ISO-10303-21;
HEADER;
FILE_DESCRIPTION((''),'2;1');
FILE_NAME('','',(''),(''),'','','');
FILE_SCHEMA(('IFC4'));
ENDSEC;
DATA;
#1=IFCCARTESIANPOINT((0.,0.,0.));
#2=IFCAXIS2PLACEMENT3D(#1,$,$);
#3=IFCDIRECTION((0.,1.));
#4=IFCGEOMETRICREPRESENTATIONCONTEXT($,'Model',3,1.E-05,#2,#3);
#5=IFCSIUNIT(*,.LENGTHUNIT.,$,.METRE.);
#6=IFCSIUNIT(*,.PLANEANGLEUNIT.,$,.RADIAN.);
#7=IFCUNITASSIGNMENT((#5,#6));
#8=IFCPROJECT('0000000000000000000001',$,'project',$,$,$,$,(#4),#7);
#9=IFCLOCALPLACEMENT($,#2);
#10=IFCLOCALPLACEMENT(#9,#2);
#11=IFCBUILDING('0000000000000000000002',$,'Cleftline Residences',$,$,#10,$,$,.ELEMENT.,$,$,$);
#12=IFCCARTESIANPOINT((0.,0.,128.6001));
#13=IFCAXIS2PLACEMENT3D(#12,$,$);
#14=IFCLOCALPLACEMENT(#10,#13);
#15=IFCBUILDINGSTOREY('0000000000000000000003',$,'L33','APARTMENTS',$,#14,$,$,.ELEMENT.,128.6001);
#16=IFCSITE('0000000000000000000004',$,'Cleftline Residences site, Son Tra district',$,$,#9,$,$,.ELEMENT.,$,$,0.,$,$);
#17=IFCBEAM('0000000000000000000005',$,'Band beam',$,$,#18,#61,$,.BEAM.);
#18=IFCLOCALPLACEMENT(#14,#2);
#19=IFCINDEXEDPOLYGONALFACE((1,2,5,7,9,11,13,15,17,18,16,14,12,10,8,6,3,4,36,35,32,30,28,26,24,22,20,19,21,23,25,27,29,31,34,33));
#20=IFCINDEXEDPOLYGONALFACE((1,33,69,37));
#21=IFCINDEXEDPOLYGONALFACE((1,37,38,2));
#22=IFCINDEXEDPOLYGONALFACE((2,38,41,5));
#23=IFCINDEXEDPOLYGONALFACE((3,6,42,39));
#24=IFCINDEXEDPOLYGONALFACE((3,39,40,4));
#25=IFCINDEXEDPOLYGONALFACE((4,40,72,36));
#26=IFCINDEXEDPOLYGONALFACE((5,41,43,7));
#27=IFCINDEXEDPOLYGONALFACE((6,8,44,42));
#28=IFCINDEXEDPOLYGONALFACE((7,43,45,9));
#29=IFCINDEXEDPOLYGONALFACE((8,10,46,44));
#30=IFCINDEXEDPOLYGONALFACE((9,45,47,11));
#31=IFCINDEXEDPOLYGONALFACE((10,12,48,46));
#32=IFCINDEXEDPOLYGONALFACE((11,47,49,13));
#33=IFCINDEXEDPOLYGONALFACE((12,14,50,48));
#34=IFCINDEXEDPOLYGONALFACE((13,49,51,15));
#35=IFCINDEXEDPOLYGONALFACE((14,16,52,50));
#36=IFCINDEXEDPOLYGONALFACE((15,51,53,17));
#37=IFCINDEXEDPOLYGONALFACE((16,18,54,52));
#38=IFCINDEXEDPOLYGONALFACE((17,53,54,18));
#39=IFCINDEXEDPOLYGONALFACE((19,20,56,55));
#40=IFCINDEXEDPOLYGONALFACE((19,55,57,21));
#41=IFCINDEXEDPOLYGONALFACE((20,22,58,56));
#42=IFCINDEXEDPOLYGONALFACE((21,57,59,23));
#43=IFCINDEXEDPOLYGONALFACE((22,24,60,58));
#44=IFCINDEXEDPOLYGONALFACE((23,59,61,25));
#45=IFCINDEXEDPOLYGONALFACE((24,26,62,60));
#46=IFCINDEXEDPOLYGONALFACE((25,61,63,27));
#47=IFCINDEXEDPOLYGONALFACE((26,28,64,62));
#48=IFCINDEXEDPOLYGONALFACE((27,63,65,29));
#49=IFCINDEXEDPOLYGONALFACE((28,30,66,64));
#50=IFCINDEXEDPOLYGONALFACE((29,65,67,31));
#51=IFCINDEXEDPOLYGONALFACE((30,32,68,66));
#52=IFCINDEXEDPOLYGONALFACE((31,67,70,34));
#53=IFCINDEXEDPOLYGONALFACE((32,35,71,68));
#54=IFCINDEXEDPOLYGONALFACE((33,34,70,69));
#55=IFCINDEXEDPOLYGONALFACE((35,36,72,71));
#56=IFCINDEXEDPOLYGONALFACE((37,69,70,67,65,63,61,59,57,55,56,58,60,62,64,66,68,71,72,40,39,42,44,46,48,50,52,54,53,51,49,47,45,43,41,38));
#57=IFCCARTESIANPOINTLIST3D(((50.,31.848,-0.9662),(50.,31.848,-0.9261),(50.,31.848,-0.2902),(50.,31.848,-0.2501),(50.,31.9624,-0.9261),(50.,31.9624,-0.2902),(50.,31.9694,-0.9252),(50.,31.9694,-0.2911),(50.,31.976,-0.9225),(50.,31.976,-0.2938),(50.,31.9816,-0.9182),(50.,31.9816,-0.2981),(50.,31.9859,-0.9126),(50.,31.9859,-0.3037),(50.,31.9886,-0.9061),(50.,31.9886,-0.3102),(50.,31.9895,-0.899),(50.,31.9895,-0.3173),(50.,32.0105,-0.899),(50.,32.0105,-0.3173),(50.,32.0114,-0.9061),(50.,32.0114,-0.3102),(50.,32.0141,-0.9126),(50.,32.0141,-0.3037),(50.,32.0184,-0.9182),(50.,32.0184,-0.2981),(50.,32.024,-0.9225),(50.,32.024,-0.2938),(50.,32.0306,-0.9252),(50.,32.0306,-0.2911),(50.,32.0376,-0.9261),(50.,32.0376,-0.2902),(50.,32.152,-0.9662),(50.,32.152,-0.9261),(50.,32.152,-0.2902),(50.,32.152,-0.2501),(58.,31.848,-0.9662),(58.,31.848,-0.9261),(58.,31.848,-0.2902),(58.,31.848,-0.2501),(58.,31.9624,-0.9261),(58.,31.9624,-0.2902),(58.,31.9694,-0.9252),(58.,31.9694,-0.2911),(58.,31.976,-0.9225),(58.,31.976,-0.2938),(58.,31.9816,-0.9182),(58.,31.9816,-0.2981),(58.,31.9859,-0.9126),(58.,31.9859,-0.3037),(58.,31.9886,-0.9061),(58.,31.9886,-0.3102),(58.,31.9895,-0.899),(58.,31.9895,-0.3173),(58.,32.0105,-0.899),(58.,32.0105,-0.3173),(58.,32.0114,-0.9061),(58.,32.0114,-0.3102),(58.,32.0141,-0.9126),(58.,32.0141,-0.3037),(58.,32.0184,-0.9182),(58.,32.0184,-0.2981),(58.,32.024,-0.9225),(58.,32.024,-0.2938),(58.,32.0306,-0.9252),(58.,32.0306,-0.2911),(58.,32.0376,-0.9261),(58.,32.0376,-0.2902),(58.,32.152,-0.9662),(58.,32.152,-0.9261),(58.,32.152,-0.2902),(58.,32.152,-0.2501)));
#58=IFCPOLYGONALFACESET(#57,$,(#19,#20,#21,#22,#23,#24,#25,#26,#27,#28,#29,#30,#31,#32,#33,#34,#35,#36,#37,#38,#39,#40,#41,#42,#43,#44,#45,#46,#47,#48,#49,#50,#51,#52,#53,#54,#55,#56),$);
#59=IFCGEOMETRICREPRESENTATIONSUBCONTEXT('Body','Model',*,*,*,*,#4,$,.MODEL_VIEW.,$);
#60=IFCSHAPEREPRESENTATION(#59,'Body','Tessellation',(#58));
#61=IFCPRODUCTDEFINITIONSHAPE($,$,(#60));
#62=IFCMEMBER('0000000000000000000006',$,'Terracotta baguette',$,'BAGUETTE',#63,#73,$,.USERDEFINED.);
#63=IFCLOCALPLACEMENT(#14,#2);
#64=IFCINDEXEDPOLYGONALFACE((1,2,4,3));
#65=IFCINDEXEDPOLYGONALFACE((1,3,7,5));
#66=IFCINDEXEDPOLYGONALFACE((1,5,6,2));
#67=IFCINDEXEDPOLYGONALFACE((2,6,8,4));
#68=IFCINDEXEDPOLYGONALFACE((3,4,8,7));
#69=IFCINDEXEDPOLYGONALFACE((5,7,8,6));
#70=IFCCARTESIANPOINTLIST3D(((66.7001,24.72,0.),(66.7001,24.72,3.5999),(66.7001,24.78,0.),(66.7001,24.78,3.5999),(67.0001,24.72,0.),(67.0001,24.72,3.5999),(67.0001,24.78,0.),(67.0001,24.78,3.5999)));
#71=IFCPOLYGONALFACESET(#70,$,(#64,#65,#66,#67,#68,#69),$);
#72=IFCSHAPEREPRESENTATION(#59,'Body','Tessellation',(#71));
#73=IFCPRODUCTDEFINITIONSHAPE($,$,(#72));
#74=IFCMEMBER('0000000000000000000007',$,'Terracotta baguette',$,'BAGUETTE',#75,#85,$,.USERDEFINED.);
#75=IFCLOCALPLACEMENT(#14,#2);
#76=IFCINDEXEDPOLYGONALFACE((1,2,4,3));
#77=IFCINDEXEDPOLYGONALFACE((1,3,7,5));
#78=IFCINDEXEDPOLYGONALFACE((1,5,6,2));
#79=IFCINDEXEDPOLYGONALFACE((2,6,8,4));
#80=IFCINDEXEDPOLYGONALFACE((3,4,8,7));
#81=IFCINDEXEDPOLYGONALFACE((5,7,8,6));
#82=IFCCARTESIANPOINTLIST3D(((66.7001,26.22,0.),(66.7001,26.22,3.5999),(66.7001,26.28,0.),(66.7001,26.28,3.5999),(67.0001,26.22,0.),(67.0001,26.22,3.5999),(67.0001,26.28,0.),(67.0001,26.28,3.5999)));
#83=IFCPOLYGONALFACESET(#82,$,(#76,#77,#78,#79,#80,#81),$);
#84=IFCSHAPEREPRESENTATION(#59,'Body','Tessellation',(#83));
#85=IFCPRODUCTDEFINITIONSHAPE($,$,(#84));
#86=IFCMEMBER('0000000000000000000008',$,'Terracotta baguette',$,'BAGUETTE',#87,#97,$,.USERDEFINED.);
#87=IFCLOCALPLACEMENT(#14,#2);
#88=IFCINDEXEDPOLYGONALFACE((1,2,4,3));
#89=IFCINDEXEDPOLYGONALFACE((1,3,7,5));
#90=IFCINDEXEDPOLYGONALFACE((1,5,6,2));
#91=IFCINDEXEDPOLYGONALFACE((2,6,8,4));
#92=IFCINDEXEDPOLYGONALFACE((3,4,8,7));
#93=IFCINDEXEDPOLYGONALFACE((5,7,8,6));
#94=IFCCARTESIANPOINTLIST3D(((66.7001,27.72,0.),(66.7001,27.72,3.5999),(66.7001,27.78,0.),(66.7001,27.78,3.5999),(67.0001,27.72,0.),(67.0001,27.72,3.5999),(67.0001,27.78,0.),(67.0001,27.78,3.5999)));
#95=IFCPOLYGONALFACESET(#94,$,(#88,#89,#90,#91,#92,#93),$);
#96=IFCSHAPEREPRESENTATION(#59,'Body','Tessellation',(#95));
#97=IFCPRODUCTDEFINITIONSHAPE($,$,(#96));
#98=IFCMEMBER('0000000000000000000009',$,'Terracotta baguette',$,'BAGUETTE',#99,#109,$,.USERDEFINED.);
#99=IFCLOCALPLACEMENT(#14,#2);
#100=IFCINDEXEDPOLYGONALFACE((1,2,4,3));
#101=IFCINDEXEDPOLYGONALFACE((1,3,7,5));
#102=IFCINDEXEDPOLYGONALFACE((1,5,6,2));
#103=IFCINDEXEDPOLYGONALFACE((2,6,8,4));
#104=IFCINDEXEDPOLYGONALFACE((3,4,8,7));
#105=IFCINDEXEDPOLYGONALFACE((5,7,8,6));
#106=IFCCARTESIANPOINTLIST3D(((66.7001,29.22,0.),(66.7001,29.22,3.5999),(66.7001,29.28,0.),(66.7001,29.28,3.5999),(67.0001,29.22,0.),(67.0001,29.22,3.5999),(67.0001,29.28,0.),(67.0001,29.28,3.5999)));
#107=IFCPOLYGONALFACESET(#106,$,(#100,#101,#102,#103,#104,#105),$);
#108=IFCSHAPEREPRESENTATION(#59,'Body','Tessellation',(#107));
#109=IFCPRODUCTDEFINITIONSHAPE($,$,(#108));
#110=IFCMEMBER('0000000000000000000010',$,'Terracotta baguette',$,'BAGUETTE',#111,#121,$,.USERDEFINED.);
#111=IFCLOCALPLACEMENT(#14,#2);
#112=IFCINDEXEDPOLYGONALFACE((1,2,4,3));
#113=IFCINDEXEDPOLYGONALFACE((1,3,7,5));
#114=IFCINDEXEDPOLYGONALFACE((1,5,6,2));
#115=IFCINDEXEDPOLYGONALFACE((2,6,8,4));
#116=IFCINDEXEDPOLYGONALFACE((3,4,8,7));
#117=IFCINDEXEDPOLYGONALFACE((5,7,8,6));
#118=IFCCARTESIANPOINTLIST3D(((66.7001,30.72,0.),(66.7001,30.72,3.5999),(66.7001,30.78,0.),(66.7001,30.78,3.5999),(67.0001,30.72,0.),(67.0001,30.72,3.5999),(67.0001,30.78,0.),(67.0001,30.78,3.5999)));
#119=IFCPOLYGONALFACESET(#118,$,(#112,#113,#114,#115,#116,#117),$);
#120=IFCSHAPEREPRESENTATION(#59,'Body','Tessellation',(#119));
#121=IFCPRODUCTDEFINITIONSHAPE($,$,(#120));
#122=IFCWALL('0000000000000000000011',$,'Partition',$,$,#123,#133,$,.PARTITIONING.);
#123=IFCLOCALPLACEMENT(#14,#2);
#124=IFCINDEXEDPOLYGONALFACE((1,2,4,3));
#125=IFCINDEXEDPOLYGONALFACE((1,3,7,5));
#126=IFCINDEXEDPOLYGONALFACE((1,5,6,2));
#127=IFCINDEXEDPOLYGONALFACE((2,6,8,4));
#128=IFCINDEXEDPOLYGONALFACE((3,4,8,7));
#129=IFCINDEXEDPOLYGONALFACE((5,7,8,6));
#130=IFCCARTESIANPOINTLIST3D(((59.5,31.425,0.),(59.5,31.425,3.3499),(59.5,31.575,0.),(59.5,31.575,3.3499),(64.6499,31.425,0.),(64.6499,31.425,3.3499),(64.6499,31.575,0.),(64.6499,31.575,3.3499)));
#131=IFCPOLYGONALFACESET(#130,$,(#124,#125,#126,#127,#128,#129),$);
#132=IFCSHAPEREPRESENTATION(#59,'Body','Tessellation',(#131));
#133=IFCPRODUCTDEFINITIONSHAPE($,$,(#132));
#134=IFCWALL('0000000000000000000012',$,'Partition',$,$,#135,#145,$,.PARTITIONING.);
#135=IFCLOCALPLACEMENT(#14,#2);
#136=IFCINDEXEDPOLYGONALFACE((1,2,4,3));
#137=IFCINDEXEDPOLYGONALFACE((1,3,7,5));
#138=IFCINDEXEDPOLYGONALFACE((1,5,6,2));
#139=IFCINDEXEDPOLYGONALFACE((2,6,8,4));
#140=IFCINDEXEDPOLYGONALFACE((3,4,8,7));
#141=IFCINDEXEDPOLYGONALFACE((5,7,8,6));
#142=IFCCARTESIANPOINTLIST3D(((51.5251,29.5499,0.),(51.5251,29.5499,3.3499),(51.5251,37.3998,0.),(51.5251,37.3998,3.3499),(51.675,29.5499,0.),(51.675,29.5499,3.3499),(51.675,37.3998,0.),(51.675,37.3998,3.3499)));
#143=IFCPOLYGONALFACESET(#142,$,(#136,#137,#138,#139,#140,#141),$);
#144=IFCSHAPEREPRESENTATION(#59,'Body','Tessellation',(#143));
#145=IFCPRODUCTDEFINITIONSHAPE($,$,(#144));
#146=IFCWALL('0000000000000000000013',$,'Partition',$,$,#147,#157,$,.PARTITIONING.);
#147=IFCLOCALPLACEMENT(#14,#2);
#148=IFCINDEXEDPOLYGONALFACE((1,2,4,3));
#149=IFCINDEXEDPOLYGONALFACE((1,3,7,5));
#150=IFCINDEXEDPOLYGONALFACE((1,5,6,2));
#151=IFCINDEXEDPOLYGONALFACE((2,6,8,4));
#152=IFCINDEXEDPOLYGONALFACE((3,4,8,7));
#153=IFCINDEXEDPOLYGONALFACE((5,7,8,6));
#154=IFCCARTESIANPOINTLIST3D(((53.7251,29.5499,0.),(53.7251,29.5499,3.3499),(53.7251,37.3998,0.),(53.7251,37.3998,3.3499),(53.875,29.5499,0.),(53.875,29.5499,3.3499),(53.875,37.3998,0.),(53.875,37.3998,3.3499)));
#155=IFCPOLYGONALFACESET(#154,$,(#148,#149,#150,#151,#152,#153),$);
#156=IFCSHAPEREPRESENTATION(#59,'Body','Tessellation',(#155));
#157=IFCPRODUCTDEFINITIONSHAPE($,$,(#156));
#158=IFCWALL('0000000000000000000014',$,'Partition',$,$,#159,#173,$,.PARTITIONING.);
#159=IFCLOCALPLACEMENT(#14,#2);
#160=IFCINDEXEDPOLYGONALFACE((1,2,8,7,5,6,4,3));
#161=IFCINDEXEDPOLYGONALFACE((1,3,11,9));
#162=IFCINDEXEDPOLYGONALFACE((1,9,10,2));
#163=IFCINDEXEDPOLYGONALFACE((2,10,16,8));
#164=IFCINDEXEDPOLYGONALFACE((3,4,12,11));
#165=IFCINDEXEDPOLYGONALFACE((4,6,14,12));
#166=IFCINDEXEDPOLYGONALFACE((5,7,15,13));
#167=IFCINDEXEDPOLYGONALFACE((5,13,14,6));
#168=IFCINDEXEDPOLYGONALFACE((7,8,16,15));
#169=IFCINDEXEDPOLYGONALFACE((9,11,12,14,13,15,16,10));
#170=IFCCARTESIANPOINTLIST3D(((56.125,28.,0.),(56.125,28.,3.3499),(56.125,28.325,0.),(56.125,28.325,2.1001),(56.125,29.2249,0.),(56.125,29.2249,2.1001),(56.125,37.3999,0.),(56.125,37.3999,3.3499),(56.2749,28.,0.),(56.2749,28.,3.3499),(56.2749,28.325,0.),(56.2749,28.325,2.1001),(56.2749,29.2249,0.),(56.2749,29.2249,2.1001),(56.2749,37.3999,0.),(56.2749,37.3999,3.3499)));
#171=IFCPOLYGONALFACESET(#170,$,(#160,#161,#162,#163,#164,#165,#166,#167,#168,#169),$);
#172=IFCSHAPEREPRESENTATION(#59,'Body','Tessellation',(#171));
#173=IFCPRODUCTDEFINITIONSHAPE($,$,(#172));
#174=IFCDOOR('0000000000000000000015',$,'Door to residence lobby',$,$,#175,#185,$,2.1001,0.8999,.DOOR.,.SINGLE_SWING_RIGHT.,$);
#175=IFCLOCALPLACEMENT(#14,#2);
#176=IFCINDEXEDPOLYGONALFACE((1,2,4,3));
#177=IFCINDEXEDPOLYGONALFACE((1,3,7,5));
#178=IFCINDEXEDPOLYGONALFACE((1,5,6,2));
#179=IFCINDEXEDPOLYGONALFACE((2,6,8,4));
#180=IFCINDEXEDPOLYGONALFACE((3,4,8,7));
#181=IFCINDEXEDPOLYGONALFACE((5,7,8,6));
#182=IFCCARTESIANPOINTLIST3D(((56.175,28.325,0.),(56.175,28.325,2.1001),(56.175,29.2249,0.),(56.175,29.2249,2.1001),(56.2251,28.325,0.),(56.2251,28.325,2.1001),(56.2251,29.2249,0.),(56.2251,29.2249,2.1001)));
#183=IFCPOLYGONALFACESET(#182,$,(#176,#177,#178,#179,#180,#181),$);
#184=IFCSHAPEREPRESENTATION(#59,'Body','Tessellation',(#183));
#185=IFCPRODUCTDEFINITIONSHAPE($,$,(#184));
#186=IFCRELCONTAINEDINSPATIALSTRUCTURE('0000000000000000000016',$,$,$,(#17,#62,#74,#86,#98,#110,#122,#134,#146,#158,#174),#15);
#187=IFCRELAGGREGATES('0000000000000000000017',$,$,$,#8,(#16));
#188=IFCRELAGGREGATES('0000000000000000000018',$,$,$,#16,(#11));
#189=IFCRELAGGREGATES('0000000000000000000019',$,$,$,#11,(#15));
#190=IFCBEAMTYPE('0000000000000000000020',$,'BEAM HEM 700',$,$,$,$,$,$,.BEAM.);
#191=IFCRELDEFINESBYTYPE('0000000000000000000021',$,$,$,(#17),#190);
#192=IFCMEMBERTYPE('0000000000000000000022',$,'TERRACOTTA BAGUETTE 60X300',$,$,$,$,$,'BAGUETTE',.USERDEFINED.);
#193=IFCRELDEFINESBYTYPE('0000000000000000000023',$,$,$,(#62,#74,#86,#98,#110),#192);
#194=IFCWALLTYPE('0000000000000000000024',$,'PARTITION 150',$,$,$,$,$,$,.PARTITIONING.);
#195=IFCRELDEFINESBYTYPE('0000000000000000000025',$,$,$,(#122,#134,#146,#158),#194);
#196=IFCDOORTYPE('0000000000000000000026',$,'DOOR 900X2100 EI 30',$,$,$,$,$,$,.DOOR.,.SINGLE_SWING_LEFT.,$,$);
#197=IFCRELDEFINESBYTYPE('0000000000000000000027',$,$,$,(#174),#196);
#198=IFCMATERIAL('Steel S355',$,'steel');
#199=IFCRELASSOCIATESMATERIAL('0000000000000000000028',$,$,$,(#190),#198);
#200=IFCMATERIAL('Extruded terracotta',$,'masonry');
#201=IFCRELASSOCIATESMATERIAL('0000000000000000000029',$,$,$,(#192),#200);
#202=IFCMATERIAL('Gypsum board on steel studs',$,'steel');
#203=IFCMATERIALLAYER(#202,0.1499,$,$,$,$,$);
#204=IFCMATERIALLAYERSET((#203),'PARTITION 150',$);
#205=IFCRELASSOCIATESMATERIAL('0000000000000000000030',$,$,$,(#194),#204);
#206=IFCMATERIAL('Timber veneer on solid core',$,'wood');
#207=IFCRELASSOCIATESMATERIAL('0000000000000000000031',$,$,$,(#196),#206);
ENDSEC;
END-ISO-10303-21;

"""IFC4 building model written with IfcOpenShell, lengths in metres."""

from ifc_helpers import new_model, si_unit, direction, frame, frame_2d, origin, origin_2d, place, context, subcontext, project, spatial, rectangle, i_section, extrude, material, layer, layer_set, material_profile, profile_set, type_object, element, fill, save


model = new_model("IFC4")

# Units and contexts
model_context = context("Model", 3, precision=1e-05, world=origin(), true_north=direction((0.0, 1.0)))
body_context = subcontext(model_context, "Body", "Model", "MODEL_VIEW")
ifc_project = project(units=[si_unit("LENGTHUNIT", "METRE"), si_unit("PLANEANGLEUNIT", "RADIAN")], contexts=[model_context])

# Site, building, storey
site_placement = place(None, origin())
site = spatial("IfcSite", under=ifc_project, at=site_placement, Name="Cleftline Residences site, Son Tra district", CompositionType="ELEMENT", RefElevation=0.0)
building_placement = place(site_placement, origin())
building = spatial("IfcBuilding", under=site, at=building_placement, Name="Cleftline Residences", CompositionType="ELEMENT")
storey_placement = place(building_placement, frame((0.0, 0.0, 128.6001)))
storey = spatial("IfcBuildingStorey", under=building, at=storey_placement, Name="L33", Description="APARTMENTS", CompositionType="ELEMENT", Elevation=128.6001)

# Beam
ifc_material_1 = material(Name="Steel S355", Category="steel")
ifc_material_profile_1 = material_profile(ifc_material_1, i_section(OverallWidth=0.304, OverallDepth=0.7161, WebThickness=0.021, FlangeThickness=0.04, FilletRadius=0.0271, at=origin_2d()))
ifc_profile_set_1 = profile_set([ifc_material_profile_1], Name="Steel S355")
beam_type_1 = type_object("IfcBeamType", Name="BEAM HEM 700", PredefinedType="BEAM", material=ifc_profile_set_1)
beam_placement = place(storey_placement, frame((58.0, 32.0, -0.6082), z_axis=(-1.0, 0.0, 0.0), x_axis=(0.0, -1.0, 0.0)))
element("IfcBeam", 1, at=beam_placement, inside=storey, type_object=beam_type_1, Name="Band beam", PredefinedType="BEAM", context=body_context, shape_type="SweptSolid", body=[
    extrude(i_section(OverallWidth=0.304, OverallDepth=0.7161, WebThickness=0.021, FlangeThickness=0.04, FilletRadius=0.0271, at=origin_2d()), origin(), (0.0, 0.0, 1.0), 8.0),
])

# Members
ifc_material_2 = material(Name="Extruded terracotta", Category="masonry")
ifc_material_profile_2 = material_profile(ifc_material_2, rectangle(XDim=0.0601, YDim=0.3, at=origin_2d()))
ifc_profile_set_2 = profile_set([ifc_material_profile_2], Name="Extruded terracotta")
member_type_1 = type_object("IfcMemberType", Name="TERRACOTTA BAGUETTE 60X300", ElementType="BAGUETTE", PredefinedType="USERDEFINED", material=ifc_profile_set_2)
for number, where, z_axis, x_axis, name in (
    (2, (66.8501, 24.75, 0.0), (0.0, 0.0, 1.0), (0.0, 1.0, 0.0), "Terracotta baguette"),
    (3, (66.8501, 26.25, 0.0), (0.0, 0.0, 1.0), (0.0, 1.0, 0.0), "Terracotta baguette"),
    (4, (66.8501, 27.75, 0.0), (0.0, 0.0, 1.0), (0.0, 1.0, 0.0), "Terracotta baguette"),
    (5, (66.8501, 29.25, 0.0), (0.0, 0.0, 1.0), (0.0, 1.0, 0.0), "Terracotta baguette"),
    (6, (66.8501, 30.75, 0.0), (0.0, 0.0, 1.0), (0.0, 1.0, 0.0), "Terracotta baguette"),
):
    element("IfcMember", number, at=place(storey_placement, frame(where, z_axis=z_axis, x_axis=x_axis)), inside=storey, type_object=member_type_1, Name=name, ObjectType="BAGUETTE", PredefinedType="USERDEFINED", context=body_context, shape_type="SweptSolid", body=[
        extrude(rectangle(XDim=0.0601, YDim=0.3, at=origin_2d()), origin(), (0.0, 0.0, 1.0), 3.5999),
    ])

# Walls
ifc_material_3 = material(Name="Gypsum board on steel studs", Category="steel")
ifc_layer_1 = layer(ifc_material_3, 0.1499)
ifc_layer_set_1 = layer_set([ifc_layer_1], Name="PARTITION 150")
wall_type_1 = type_object("IfcWallType", Name="PARTITION 150", PredefinedType="PARTITIONING", material=ifc_layer_set_1)
wall_1_placement = place(storey_placement, frame((59.5, 31.5, 0.0), z_axis=(0.0, 0.0, 1.0), x_axis=(1.0, 0.0, 0.0)))
element("IfcWall", 7, at=wall_1_placement, inside=storey, type_object=wall_type_1, Name="Partition", PredefinedType="PARTITIONING", context=body_context, shape_type="SweptSolid", body=[
    extrude(rectangle(XDim=5.1499, YDim=0.1499, at=frame_2d((2.575, 0.0))), origin(), (0.0, 0.0, 1.0), 3.3499),
])
for number, where, z_axis, x_axis, name in (
    (8, (51.6001, 29.55, 0.0), (0.0, 0.0, 1.0), (0.0, 1.0, 0.0), "Partition"),
    (9, (53.8, 29.55, 0.0), (0.0, 0.0, 1.0), (0.0, 1.0, 0.0), "Partition"),
):
    element("IfcWall", number, at=place(storey_placement, frame(where, z_axis=z_axis, x_axis=x_axis)), inside=storey, type_object=wall_type_1, Name=name, PredefinedType="PARTITIONING", context=body_context, shape_type="SweptSolid", body=[
        extrude(rectangle(XDim=7.8499, YDim=0.1499, at=frame_2d((3.9248, 0.0))), origin(), (0.0, 0.0, 1.0), 3.3499),
    ])

# Wall, opening, door
wall_2_placement = place(storey_placement, frame((56.2, 28.0, 0.0), z_axis=(0.0, 0.0, 1.0), x_axis=(0.0, 1.0, 0.0)))
wall_2 = element("IfcWall", 10, at=wall_2_placement, inside=storey, type_object=wall_type_1, Name="Partition", PredefinedType="PARTITIONING", context=body_context, shape_type="SweptSolid", body=[
    extrude(rectangle(XDim=9.3999, YDim=0.1499, at=frame_2d((4.7, 0.0))), origin(), (0.0, 0.0, 1.0), 3.3499),
])
opening_1_placement = place(wall_2_placement, frame((0.325, 0.0, 0.0)))
opening_1 = element("IfcOpeningElement", 11, at=opening_1_placement, cuts=wall_2, PredefinedType="OPENING", context=body_context, shape_type="SweptSolid", body=[
    extrude(rectangle(XDim=0.8999, YDim=2.1001, at=frame_2d((0.45, 1.05))), frame((0.0, 0.085, 0.0), z_axis=(0.0, -1.0, 0.0), x_axis=(1.0, 0.0, 0.0)), (0.0, 0.0, 1.0), 0.1699),
])
ifc_material_4 = material(Name="Timber veneer on solid core", Category="wood")
door_type_1 = type_object("IfcDoorType", Name="DOOR 900X2100 EI 30", OperationType="SINGLE_SWING_LEFT", PredefinedType="DOOR", material=ifc_material_4)
door_1_placement = place(opening_1_placement, origin())
door_1 = element("IfcDoor", 12, at=door_1_placement, inside=storey, type_object=door_type_1, Name="Door to residence lobby", OperationType="SINGLE_SWING_RIGHT", OverallHeight=2.1001, OverallWidth=0.8999, PredefinedType="DOOR", context=body_context, shape_type="SweptSolid", body=[
    extrude(rectangle(XDim=0.8999, YDim=2.1001, at=frame_2d((0.45, 1.05))), frame((0.0, 0.0249, 0.0), z_axis=(0.0, -1.0, 0.0), x_axis=(1.0, 0.0, 0.0)), (0.0, 0.0, 1.0), 0.05),
])
fill(opening_1, door_1)

save(model, "model.ifc")
